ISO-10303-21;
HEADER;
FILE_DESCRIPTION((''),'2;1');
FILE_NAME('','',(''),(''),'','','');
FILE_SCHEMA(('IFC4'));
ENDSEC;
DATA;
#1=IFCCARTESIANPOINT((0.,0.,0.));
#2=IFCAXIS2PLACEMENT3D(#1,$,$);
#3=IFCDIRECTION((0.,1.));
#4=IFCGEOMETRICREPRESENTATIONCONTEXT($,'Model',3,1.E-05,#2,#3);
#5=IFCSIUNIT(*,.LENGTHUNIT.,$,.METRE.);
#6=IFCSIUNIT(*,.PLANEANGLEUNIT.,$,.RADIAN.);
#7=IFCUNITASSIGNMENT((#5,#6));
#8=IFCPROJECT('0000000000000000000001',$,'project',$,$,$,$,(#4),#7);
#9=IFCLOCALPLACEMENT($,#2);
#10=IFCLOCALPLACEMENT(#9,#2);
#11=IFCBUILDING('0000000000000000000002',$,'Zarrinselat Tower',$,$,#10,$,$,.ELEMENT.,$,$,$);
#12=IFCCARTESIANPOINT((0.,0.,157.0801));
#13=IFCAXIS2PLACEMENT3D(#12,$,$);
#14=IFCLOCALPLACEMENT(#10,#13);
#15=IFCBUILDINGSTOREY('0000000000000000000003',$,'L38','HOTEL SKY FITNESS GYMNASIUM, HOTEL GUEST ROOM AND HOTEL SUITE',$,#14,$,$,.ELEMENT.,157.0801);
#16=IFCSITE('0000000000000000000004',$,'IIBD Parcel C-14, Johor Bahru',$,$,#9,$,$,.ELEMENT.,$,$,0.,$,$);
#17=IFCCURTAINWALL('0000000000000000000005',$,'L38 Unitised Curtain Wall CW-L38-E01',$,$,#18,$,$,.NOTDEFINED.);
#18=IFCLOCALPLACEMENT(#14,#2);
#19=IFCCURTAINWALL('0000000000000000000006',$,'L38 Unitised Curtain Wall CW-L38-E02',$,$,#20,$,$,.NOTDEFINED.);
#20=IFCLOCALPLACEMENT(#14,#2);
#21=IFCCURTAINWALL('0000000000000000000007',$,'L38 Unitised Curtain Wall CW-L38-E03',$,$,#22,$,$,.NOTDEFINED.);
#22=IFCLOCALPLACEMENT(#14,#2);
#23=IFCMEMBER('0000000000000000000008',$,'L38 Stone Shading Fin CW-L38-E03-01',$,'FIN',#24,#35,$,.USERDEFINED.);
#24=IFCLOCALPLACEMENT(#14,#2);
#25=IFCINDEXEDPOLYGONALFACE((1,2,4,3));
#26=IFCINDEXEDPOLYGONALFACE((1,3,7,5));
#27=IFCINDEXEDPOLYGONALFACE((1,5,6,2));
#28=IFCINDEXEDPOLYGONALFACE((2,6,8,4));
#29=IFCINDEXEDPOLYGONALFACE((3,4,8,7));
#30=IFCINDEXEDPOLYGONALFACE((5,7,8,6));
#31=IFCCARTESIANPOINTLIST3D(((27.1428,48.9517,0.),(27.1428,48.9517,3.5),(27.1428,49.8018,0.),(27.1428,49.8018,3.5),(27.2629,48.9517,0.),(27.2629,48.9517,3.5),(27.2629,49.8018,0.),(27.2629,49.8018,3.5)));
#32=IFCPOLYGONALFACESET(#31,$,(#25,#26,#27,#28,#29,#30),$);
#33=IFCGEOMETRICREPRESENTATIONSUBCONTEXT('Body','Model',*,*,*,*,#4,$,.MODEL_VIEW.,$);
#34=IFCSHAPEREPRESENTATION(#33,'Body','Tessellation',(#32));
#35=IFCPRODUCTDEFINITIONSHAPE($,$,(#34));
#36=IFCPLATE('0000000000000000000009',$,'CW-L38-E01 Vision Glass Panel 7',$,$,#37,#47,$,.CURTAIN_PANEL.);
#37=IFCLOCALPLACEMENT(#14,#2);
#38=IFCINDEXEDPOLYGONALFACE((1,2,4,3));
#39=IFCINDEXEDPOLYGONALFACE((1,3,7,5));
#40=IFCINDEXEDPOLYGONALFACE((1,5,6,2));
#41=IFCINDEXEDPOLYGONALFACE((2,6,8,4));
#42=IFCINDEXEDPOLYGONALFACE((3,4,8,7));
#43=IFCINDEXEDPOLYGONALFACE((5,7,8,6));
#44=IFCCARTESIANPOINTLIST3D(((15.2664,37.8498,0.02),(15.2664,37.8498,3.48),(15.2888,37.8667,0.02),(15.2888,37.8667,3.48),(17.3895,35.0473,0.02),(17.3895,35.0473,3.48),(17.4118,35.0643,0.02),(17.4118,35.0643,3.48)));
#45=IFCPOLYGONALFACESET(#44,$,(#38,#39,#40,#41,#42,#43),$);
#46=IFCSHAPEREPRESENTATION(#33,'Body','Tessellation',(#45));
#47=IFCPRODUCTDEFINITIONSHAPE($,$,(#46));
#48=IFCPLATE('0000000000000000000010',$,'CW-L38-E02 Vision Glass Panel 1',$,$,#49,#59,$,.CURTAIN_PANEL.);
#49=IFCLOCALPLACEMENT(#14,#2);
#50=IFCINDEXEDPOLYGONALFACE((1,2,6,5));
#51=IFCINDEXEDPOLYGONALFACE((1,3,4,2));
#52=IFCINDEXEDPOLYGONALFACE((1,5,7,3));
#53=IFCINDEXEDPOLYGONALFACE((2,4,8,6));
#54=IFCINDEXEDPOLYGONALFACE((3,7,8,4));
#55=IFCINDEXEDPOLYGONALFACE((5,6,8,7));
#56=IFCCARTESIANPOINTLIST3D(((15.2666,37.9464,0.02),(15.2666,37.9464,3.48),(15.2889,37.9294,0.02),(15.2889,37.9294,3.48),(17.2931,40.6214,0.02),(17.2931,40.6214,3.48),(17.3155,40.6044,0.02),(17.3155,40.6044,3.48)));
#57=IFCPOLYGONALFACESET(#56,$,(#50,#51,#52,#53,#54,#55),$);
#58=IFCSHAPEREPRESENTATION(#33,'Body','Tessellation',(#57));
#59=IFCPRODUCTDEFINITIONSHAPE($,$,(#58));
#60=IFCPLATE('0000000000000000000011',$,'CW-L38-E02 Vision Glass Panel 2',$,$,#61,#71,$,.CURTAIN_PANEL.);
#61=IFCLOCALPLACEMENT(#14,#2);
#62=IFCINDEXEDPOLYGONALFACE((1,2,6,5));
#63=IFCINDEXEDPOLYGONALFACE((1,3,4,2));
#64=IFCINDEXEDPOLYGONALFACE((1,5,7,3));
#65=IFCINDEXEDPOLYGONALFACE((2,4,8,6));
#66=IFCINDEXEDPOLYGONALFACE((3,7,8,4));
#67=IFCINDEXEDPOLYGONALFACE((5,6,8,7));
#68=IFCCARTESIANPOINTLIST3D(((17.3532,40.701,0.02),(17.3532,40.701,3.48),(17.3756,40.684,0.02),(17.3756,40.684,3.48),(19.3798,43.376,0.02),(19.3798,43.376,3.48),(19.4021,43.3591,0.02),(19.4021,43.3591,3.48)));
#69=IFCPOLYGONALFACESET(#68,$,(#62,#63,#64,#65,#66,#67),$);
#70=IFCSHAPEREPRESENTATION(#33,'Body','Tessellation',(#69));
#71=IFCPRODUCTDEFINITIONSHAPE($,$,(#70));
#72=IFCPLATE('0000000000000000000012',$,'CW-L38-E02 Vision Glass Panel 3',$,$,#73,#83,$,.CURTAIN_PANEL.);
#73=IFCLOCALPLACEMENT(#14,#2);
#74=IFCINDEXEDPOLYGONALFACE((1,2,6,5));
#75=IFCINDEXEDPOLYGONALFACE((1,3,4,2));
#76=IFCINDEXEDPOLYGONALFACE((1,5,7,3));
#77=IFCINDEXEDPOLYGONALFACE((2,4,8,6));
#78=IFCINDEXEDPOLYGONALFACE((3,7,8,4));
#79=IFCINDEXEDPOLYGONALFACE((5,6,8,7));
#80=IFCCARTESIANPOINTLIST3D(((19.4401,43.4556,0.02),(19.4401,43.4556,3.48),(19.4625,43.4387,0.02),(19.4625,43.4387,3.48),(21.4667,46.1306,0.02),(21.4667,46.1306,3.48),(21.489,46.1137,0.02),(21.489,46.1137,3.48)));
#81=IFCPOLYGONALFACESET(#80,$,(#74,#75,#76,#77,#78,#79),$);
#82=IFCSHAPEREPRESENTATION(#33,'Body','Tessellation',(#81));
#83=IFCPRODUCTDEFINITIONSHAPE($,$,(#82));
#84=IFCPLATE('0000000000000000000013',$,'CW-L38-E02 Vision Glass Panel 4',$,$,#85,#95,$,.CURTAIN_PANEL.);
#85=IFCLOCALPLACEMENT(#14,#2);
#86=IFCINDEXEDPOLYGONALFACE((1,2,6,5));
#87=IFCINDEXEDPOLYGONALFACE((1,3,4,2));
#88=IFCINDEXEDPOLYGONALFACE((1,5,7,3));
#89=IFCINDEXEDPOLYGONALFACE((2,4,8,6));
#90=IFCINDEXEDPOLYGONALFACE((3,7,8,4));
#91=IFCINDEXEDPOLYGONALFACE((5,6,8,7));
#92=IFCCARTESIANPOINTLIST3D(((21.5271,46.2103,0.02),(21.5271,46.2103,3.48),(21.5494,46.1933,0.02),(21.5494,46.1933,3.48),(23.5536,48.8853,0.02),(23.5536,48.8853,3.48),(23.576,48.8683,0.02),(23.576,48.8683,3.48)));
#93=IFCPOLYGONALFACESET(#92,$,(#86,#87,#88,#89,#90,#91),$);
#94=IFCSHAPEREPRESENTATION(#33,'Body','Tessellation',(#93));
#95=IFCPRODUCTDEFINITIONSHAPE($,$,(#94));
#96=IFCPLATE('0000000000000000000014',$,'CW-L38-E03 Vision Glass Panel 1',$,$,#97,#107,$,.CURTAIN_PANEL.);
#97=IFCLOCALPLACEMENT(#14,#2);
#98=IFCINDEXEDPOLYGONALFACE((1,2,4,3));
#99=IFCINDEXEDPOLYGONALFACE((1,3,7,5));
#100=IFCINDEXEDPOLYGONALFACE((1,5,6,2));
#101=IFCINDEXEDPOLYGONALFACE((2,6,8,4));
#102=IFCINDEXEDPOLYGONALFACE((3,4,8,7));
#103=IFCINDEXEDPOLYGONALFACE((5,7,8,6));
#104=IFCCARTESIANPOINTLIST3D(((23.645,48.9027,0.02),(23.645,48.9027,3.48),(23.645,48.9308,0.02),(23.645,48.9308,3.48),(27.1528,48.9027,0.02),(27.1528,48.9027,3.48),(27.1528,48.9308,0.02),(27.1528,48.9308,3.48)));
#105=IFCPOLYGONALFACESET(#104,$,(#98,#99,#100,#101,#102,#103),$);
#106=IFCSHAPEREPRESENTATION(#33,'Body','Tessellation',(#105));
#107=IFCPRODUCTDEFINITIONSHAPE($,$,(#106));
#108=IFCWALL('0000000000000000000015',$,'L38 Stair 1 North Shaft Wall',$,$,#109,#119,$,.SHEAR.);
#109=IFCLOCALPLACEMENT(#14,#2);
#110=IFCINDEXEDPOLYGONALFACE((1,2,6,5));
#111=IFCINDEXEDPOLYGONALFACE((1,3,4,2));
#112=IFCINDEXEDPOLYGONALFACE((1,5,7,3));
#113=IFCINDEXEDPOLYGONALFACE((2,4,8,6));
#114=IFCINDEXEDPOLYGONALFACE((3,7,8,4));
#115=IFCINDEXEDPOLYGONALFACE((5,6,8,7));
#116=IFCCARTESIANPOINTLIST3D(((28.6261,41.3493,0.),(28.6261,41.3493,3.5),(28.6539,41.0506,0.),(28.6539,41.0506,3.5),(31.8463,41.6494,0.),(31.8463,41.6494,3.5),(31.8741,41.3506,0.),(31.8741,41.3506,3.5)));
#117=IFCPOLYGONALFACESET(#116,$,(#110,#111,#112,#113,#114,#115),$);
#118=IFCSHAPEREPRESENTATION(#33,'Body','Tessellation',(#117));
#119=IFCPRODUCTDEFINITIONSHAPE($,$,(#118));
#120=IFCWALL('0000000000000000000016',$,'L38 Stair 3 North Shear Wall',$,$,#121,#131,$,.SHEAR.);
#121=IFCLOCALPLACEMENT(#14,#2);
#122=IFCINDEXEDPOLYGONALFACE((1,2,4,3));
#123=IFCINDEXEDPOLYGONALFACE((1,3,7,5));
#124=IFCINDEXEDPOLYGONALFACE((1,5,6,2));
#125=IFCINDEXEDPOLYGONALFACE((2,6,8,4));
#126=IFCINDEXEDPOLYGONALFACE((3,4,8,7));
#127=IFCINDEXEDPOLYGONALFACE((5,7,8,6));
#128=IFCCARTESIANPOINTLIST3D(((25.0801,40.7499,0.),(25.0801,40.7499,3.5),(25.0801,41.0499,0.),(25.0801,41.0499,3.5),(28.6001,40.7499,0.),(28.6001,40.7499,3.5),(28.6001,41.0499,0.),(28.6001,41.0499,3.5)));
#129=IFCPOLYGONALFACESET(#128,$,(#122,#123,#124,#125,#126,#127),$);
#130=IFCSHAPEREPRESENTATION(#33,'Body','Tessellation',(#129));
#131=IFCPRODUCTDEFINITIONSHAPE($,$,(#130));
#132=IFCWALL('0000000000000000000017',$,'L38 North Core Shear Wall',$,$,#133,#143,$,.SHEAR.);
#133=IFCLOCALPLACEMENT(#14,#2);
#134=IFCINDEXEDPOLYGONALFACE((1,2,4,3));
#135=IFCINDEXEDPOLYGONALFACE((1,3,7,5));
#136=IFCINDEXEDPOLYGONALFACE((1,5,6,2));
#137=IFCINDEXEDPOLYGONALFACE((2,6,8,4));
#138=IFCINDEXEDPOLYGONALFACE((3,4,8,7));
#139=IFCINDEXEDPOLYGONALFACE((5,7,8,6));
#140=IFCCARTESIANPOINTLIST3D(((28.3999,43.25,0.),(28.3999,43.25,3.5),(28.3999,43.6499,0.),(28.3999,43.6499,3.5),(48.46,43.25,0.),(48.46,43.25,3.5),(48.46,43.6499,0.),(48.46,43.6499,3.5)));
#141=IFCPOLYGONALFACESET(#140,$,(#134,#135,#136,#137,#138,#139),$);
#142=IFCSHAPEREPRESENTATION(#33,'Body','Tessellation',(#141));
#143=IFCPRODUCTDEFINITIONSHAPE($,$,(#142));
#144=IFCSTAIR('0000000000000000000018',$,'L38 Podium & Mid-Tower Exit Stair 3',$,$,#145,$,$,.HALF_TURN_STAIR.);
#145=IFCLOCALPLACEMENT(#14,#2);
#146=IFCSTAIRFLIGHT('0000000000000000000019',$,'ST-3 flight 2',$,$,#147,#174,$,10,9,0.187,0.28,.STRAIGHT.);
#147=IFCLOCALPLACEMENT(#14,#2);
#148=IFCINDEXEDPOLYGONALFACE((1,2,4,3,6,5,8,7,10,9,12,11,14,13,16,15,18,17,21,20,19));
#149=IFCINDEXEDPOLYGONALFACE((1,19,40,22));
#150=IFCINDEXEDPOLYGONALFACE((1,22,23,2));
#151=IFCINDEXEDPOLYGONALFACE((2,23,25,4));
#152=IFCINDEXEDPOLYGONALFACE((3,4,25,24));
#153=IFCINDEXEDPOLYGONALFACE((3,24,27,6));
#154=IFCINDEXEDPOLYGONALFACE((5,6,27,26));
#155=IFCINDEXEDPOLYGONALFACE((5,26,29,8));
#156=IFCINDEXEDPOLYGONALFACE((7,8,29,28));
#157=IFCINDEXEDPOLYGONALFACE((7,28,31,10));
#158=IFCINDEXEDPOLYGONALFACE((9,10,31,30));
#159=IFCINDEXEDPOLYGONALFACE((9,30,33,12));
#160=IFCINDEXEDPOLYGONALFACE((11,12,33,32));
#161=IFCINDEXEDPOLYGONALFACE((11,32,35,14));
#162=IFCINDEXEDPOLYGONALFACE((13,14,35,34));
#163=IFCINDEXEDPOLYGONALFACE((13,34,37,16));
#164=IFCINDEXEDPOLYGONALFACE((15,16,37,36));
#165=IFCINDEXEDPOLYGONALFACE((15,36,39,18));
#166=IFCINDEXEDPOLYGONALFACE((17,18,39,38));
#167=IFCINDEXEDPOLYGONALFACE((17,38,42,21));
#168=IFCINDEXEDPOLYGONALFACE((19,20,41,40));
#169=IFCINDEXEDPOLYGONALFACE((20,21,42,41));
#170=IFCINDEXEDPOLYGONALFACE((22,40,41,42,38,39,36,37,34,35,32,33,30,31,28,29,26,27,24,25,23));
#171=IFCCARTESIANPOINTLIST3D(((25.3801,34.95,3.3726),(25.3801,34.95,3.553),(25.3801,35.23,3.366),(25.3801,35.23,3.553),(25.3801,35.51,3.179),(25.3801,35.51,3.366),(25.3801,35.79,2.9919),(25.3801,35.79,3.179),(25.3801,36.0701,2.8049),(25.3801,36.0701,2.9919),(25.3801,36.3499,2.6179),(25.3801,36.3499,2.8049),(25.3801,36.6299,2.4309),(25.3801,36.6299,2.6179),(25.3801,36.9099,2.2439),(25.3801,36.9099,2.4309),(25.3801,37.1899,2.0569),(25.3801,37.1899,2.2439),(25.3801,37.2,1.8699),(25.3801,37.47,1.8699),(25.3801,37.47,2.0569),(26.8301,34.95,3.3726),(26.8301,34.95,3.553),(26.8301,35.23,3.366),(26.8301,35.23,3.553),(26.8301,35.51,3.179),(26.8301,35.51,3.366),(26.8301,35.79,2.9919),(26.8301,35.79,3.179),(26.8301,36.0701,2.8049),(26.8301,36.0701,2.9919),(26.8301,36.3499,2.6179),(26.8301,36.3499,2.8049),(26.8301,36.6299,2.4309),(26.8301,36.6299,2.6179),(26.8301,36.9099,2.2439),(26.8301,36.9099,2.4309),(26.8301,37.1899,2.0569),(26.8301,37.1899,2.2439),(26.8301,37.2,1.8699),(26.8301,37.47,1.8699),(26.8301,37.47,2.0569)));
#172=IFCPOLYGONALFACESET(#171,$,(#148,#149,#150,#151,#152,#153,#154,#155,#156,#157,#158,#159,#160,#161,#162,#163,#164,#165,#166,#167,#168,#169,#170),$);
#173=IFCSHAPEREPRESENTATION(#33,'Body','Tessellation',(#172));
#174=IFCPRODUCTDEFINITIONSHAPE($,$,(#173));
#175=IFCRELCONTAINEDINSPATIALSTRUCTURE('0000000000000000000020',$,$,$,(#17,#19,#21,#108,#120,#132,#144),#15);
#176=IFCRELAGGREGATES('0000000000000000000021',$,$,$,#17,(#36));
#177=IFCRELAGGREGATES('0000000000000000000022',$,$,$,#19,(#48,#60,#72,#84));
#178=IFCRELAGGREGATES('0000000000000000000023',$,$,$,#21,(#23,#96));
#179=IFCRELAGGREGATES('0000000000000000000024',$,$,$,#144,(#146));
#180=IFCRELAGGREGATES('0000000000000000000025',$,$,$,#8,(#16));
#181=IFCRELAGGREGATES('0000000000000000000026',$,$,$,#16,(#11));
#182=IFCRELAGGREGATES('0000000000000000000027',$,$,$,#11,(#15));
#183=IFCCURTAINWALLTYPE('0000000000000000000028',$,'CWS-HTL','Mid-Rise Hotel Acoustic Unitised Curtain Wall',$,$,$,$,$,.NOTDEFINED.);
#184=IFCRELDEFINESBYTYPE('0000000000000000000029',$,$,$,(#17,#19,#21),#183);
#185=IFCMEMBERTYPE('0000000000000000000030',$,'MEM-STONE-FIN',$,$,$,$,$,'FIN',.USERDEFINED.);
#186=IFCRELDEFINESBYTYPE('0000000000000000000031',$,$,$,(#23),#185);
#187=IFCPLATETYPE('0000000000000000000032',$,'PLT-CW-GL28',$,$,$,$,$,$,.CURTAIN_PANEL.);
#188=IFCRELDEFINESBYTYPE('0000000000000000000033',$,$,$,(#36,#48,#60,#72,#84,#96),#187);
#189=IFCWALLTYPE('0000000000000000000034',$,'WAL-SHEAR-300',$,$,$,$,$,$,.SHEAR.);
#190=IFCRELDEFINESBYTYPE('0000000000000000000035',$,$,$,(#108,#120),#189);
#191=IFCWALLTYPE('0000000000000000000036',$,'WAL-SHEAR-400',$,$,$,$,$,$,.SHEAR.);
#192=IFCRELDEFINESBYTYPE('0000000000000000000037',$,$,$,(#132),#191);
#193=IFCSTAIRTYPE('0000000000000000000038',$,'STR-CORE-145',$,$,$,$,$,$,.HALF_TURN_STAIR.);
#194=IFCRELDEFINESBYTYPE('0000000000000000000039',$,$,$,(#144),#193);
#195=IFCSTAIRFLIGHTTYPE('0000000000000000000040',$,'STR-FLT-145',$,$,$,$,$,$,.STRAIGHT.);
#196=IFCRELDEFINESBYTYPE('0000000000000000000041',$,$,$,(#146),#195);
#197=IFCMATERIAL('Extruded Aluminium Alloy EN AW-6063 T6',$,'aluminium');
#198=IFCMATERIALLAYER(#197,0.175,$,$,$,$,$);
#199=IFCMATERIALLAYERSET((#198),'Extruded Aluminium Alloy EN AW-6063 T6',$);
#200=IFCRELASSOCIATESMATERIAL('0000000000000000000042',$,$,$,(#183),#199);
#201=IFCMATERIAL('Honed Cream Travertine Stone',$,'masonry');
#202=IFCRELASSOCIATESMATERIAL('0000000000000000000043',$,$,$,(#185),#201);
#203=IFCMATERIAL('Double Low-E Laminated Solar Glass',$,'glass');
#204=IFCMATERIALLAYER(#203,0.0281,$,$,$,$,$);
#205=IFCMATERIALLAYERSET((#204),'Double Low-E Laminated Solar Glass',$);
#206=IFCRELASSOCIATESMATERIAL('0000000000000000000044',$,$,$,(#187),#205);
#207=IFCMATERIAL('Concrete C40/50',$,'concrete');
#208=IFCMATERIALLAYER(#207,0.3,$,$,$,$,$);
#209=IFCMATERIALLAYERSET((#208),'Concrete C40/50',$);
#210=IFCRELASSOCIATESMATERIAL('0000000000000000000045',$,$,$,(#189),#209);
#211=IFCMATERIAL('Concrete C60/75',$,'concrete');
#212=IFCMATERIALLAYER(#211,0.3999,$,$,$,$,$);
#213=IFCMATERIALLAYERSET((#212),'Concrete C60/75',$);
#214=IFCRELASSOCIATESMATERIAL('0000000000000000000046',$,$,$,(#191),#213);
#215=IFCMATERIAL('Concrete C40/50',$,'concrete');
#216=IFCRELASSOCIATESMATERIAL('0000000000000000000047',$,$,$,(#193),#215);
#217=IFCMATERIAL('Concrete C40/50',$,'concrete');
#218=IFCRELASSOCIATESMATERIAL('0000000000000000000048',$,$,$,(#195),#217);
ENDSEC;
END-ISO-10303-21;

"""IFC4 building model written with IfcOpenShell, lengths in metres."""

from ifc_helpers import new_model, si_unit, direction, frame, frame_2d, origin, origin_2d, place, context, subcontext, project, spatial, polyline, rectangle, outline, extrude, material, layer, layer_set, material_profile, profile_set, type_object, element, aggregate, save


model = new_model("IFC4")

# Units and contexts
model_context = context("Model", 3, precision=1e-05, world=origin(), true_north=direction((0.0, 1.0)))
body_context = subcontext(model_context, "Body", "Model", "MODEL_VIEW")
ifc_project = project(units=[si_unit("LENGTHUNIT", "METRE"), si_unit("PLANEANGLEUNIT", "RADIAN")], contexts=[model_context])

# Site, building, storey
site_placement = place(None, origin())
site = spatial("IfcSite", under=ifc_project, at=site_placement, Name="IIBD Parcel C-14, Johor Bahru", CompositionType="ELEMENT", RefElevation=0.0)
building_placement = place(site_placement, origin())
building = spatial("IfcBuilding", under=site, at=building_placement, Name="Zarrinselat Tower", CompositionType="ELEMENT")
storey_placement = place(building_placement, frame((0.0, 0.0, 157.0801)))
storey = spatial("IfcBuildingStorey", under=building, at=storey_placement, Name="L38", Description="HOTEL SKY FITNESS GYMNASIUM, HOTEL GUEST ROOM AND HOTEL SUITE", CompositionType="ELEMENT", Elevation=157.0801)

# Curtain walls
ifc_material_1 = material(Name="Extruded Aluminium Alloy EN AW-6063 T6", Category="aluminium")
ifc_layer_1 = layer(ifc_material_1, 0.175)
ifc_layer_set_1 = layer_set([ifc_layer_1], Name="Extruded Aluminium Alloy EN AW-6063 T6")
curtain_wall_type = type_object("IfcCurtainWallType", Name="CWS-HTL", Description="Mid-Rise Hotel Acoustic Unitised Curtain Wall", PredefinedType="NOTDEFINED", material=ifc_layer_set_1)
curtain_wall_1_placement = place(storey_placement, origin())
curtain_wall_1 = element("IfcCurtainWall", 1, at=curtain_wall_1_placement, inside=storey, type_object=curtain_wall_type, Name="L38 Unitised Curtain Wall CW-L38-E01", PredefinedType="NOTDEFINED")
curtain_wall_2_placement = place(storey_placement, origin())
curtain_wall_2 = element("IfcCurtainWall", 2, at=curtain_wall_2_placement, inside=storey, type_object=curtain_wall_type, Name="L38 Unitised Curtain Wall CW-L38-E02", PredefinedType="NOTDEFINED")

# Curtain wall
curtain_wall_3_placement = place(storey_placement, origin())
curtain_wall_3 = element("IfcCurtainWall", 3, at=curtain_wall_3_placement, inside=storey, type_object=curtain_wall_type, Name="L38 Unitised Curtain Wall CW-L38-E03", PredefinedType="NOTDEFINED")

# Member
ifc_material_2 = material(Name="Honed Cream Travertine Stone", Category="masonry")
ifc_material_profile_1 = material_profile(ifc_material_2, rectangle(XDim=0.1201, YDim=0.8501, at=origin_2d()), Name="FIN 850x120")
ifc_profile_set_1 = profile_set([ifc_material_profile_1], Name="Honed Cream Travertine Stone")
member_type_1 = type_object("IfcMemberType", Name="MEM-STONE-FIN", ElementType="FIN", PredefinedType="USERDEFINED", material=ifc_profile_set_1)
member_1_placement = place(storey_placement, frame((27.2029, 49.3767, 0.0), z_axis=(0.0, 0.0, 1.0), x_axis=(1.0, 0.0, 0.0)))
member_1 = element("IfcMember", 4, at=member_1_placement, type_object=member_type_1, Name="L38 Stone Shading Fin CW-L38-E03-01", ObjectType="FIN", PredefinedType="USERDEFINED", context=body_context, shape_type="SweptSolid", body=[
    extrude(rectangle(XDim=0.1201, YDim=0.8501, at=origin_2d()), origin(), (0.0, 0.0, 1.0), 3.5),
])

# Plates
ifc_material_3 = material(Name="Double Low-E Laminated Solar Glass", Category="glass")
ifc_layer_2 = layer(ifc_material_3, 0.0281)
ifc_layer_set_2 = layer_set([ifc_layer_2], Name="Double Low-E Laminated Solar Glass")
plate_type = type_object("IfcPlateType", Name="PLT-CW-GL28", PredefinedType="CURTAIN_PANEL", material=ifc_layer_set_2)
plate_1_placement = place(storey_placement, frame((16.3391, 36.457, 0.02), z_axis=(0.0, 0.0, 1.0), x_axis=(-0.603858, 0.797092, 0.0)))
plate_1 = element("IfcPlate", 5, at=plate_1_placement, type_object=plate_type, Name="CW-L38-E01 Vision Glass Panel 7", PredefinedType="CURTAIN_PANEL", context=body_context, shape_type="SweptSolid", body=[
    extrude(rectangle(XDim=3.5159, YDim=0.0281, at=origin_2d()), origin(), (0.0, 0.0, 1.0), 3.46),
])
aggregate(curtain_wall_1, [plate_1])
plate_2_placement = place(storey_placement, frame((16.291, 39.2754, 0.02), z_axis=(0.0, 0.0, 1.0), x_axis=(0.603858, 0.797092, 0.0)))
plate_2 = element("IfcPlate", 6, at=plate_2_placement, type_object=plate_type, Name="CW-L38-E02 Vision Glass Panel 1", PredefinedType="CURTAIN_PANEL", context=body_context, shape_type="SweptSolid", body=[
    extrude(rectangle(XDim=3.356, YDim=0.0281, at=origin_2d()), origin(), (0.0, 0.0, 1.0), 3.46),
])
plate_3_placement = place(storey_placement, frame((18.3777, 42.03, 0.02), z_axis=(0.0, 0.0, 1.0), x_axis=(0.603858, 0.797092, 0.0)))
plate_3 = element("IfcPlate", 7, at=plate_3_placement, type_object=plate_type, Name="CW-L38-E02 Vision Glass Panel 2", PredefinedType="CURTAIN_PANEL", context=body_context, shape_type="SweptSolid", body=[
    extrude(rectangle(XDim=3.356, YDim=0.0281, at=origin_2d()), origin(), (0.0, 0.0, 1.0), 3.46),
])
plate_4_placement = place(storey_placement, frame((20.4646, 44.7847, 0.02), z_axis=(0.0, 0.0, 1.0), x_axis=(0.603858, 0.797092, 0.0)))
plate_4 = element("IfcPlate", 8, at=plate_4_placement, type_object=plate_type, Name="CW-L38-E02 Vision Glass Panel 3", PredefinedType="CURTAIN_PANEL", context=body_context, shape_type="SweptSolid", body=[
    extrude(rectangle(XDim=3.356, YDim=0.0281, at=origin_2d()), origin(), (0.0, 0.0, 1.0), 3.46),
])
plate_5_placement = place(storey_placement, frame((22.5515, 47.5393, 0.02), z_axis=(0.0, 0.0, 1.0), x_axis=(0.603858, 0.797092, 0.0)))
plate_5 = element("IfcPlate", 9, at=plate_5_placement, type_object=plate_type, Name="CW-L38-E02 Vision Glass Panel 4", PredefinedType="CURTAIN_PANEL", context=body_context, shape_type="SweptSolid", body=[
    extrude(rectangle(XDim=3.356, YDim=0.0281, at=origin_2d()), origin(), (0.0, 0.0, 1.0), 3.46),
])
aggregate(curtain_wall_2, [plate_2, plate_3, plate_4, plate_5])
plate_6_placement = place(storey_placement, frame((25.3989, 48.9167, 0.02), z_axis=(0.0, 0.0, 1.0), x_axis=(1.0, 0.0, 0.0)))
plate_6 = element("IfcPlate", 10, at=plate_6_placement, type_object=plate_type, Name="CW-L38-E03 Vision Glass Panel 1", PredefinedType="CURTAIN_PANEL", context=body_context, shape_type="SweptSolid", body=[
    extrude(rectangle(XDim=3.5078, YDim=0.0281, at=origin_2d()), origin(), (0.0, 0.0, 1.0), 3.46),
])
aggregate(curtain_wall_3, [member_1, plate_6])

# Walls
ifc_material_4 = material(Name="Concrete C40/50", Category="concrete")
ifc_layer_3 = layer(ifc_material_4, 0.3)
ifc_layer_set_3 = layer_set([ifc_layer_3], Name="Concrete C40/50")
wall_type_1 = type_object("IfcWallType", Name="WAL-SHEAR-300", PredefinedType="SHEAR", material=ifc_layer_set_3)
wall_1_placement = place(storey_placement, frame((28.6399, 41.2, 0.0), z_axis=(0.0, 0.0, 1.0), x_axis=(0.995687, 0.092775, 0.0)))
element("IfcWall", 11, at=wall_1_placement, inside=storey, type_object=wall_type_1, Name="L38 Stair 1 North Shaft Wall", PredefinedType="SHEAR", context=body_context, shape_type="SweptSolid", body=[
    extrude(rectangle(XDim=3.2341, YDim=0.3, at=frame_2d((1.6172, 0.0))), origin(), (0.0, 0.0, 1.0), 3.5),
])
wall_2_placement = place(storey_placement, frame((25.0801, 40.8999, 0.0), z_axis=(0.0, 0.0, 1.0), x_axis=(1.0, 0.0, 0.0)))
element("IfcWall", 12, at=wall_2_placement, inside=storey, type_object=wall_type_1, Name="L38 Stair 3 North Shear Wall", PredefinedType="SHEAR", context=body_context, shape_type="SweptSolid", body=[
    extrude(rectangle(XDim=3.52, YDim=0.3, at=frame_2d((1.76, 0.0))), origin(), (0.0, 0.0, 1.0), 3.5),
])
ifc_material_5 = material(Name="Concrete C60/75", Category="concrete")
ifc_layer_4 = layer(ifc_material_5, 0.3999)
ifc_layer_set_4 = layer_set([ifc_layer_4], Name="Concrete C60/75")
wall_type_2 = type_object("IfcWallType", Name="WAL-SHEAR-400", PredefinedType="SHEAR", material=ifc_layer_set_4)
wall_3_placement = place(storey_placement, frame((28.3999, 43.45, 0.0), z_axis=(0.0, 0.0, 1.0), x_axis=(1.0, 0.0, 0.0)))
element("IfcWall", 13, at=wall_3_placement, inside=storey, type_object=wall_type_2, Name="L38 North Core Shear Wall", PredefinedType="SHEAR", context=body_context, shape_type="SweptSolid", body=[
    extrude(rectangle(XDim=20.0601, YDim=0.3999, at=frame_2d((10.03, 0.0))), origin(), (0.0, 0.0, 1.0), 3.5),
])

# Stair, stair flight
ifc_material_6 = material(Name="Concrete C40/50", Category="concrete")
stair_type = type_object("IfcStairType", Name="STR-CORE-145", PredefinedType="HALF_TURN_STAIR", material=ifc_material_6)
stair_placement = place(storey_placement, origin())
stair = element("IfcStair", 14, at=stair_placement, inside=storey, type_object=stair_type, Name="L38 Podium & Mid-Tower Exit Stair 3", PredefinedType="HALF_TURN_STAIR")
ifc_material_7 = material(Name="Concrete C40/50", Category="concrete")
stair_flight_type = type_object("IfcStairFlightType", Name="STR-FLT-145", PredefinedType="STRAIGHT", material=ifc_material_7)
stair_flight_placement = place(storey_placement, frame((26.105, 37.47, 1.8699), z_axis=(0.0, 0.0, 1.0), x_axis=(0.0, -1.0, 0.0)))
stair_flight = element("IfcStairFlight", 15, at=stair_flight_placement, type_object=stair_flight_type, Name="ST-3 flight 2", NumberOfRisers=10, NumberOfTreads=9, PredefinedType="STRAIGHT", RiserHeight=0.187, TreadLength=0.28, context=body_context, shape_type="SweptSolid", body=[
    extrude(outline(polyline([(0.0, 0.0), (0.0, 0.187), (0.28, 0.187), (0.28, 0.374), (0.5601, 0.374), (0.5601, 0.561), (0.8401, 0.561), (0.8401, 0.748), (1.1201, 0.748), (1.1201, 0.9351), (1.3999, 0.9351), (1.3999, 1.1221), (1.6799, 1.1221), (1.6799, 1.3091), (1.96, 1.3091), (1.96, 1.4961), (2.24, 1.4961), (2.24, 1.6831), (2.52, 1.6831), (2.52, 1.8701), (2.52, 1.5027), (0.27, 0.0), (0.0, 0.0)])), frame((0.0, 0.7251, 0.0), z_axis=(0.0, -1.0, 0.0), x_axis=(1.0, 0.0, 0.0)), (0.0, 0.0, 1.0), 1.45),
])
aggregate(stair, [stair_flight])

save(model, "model.ifc")
